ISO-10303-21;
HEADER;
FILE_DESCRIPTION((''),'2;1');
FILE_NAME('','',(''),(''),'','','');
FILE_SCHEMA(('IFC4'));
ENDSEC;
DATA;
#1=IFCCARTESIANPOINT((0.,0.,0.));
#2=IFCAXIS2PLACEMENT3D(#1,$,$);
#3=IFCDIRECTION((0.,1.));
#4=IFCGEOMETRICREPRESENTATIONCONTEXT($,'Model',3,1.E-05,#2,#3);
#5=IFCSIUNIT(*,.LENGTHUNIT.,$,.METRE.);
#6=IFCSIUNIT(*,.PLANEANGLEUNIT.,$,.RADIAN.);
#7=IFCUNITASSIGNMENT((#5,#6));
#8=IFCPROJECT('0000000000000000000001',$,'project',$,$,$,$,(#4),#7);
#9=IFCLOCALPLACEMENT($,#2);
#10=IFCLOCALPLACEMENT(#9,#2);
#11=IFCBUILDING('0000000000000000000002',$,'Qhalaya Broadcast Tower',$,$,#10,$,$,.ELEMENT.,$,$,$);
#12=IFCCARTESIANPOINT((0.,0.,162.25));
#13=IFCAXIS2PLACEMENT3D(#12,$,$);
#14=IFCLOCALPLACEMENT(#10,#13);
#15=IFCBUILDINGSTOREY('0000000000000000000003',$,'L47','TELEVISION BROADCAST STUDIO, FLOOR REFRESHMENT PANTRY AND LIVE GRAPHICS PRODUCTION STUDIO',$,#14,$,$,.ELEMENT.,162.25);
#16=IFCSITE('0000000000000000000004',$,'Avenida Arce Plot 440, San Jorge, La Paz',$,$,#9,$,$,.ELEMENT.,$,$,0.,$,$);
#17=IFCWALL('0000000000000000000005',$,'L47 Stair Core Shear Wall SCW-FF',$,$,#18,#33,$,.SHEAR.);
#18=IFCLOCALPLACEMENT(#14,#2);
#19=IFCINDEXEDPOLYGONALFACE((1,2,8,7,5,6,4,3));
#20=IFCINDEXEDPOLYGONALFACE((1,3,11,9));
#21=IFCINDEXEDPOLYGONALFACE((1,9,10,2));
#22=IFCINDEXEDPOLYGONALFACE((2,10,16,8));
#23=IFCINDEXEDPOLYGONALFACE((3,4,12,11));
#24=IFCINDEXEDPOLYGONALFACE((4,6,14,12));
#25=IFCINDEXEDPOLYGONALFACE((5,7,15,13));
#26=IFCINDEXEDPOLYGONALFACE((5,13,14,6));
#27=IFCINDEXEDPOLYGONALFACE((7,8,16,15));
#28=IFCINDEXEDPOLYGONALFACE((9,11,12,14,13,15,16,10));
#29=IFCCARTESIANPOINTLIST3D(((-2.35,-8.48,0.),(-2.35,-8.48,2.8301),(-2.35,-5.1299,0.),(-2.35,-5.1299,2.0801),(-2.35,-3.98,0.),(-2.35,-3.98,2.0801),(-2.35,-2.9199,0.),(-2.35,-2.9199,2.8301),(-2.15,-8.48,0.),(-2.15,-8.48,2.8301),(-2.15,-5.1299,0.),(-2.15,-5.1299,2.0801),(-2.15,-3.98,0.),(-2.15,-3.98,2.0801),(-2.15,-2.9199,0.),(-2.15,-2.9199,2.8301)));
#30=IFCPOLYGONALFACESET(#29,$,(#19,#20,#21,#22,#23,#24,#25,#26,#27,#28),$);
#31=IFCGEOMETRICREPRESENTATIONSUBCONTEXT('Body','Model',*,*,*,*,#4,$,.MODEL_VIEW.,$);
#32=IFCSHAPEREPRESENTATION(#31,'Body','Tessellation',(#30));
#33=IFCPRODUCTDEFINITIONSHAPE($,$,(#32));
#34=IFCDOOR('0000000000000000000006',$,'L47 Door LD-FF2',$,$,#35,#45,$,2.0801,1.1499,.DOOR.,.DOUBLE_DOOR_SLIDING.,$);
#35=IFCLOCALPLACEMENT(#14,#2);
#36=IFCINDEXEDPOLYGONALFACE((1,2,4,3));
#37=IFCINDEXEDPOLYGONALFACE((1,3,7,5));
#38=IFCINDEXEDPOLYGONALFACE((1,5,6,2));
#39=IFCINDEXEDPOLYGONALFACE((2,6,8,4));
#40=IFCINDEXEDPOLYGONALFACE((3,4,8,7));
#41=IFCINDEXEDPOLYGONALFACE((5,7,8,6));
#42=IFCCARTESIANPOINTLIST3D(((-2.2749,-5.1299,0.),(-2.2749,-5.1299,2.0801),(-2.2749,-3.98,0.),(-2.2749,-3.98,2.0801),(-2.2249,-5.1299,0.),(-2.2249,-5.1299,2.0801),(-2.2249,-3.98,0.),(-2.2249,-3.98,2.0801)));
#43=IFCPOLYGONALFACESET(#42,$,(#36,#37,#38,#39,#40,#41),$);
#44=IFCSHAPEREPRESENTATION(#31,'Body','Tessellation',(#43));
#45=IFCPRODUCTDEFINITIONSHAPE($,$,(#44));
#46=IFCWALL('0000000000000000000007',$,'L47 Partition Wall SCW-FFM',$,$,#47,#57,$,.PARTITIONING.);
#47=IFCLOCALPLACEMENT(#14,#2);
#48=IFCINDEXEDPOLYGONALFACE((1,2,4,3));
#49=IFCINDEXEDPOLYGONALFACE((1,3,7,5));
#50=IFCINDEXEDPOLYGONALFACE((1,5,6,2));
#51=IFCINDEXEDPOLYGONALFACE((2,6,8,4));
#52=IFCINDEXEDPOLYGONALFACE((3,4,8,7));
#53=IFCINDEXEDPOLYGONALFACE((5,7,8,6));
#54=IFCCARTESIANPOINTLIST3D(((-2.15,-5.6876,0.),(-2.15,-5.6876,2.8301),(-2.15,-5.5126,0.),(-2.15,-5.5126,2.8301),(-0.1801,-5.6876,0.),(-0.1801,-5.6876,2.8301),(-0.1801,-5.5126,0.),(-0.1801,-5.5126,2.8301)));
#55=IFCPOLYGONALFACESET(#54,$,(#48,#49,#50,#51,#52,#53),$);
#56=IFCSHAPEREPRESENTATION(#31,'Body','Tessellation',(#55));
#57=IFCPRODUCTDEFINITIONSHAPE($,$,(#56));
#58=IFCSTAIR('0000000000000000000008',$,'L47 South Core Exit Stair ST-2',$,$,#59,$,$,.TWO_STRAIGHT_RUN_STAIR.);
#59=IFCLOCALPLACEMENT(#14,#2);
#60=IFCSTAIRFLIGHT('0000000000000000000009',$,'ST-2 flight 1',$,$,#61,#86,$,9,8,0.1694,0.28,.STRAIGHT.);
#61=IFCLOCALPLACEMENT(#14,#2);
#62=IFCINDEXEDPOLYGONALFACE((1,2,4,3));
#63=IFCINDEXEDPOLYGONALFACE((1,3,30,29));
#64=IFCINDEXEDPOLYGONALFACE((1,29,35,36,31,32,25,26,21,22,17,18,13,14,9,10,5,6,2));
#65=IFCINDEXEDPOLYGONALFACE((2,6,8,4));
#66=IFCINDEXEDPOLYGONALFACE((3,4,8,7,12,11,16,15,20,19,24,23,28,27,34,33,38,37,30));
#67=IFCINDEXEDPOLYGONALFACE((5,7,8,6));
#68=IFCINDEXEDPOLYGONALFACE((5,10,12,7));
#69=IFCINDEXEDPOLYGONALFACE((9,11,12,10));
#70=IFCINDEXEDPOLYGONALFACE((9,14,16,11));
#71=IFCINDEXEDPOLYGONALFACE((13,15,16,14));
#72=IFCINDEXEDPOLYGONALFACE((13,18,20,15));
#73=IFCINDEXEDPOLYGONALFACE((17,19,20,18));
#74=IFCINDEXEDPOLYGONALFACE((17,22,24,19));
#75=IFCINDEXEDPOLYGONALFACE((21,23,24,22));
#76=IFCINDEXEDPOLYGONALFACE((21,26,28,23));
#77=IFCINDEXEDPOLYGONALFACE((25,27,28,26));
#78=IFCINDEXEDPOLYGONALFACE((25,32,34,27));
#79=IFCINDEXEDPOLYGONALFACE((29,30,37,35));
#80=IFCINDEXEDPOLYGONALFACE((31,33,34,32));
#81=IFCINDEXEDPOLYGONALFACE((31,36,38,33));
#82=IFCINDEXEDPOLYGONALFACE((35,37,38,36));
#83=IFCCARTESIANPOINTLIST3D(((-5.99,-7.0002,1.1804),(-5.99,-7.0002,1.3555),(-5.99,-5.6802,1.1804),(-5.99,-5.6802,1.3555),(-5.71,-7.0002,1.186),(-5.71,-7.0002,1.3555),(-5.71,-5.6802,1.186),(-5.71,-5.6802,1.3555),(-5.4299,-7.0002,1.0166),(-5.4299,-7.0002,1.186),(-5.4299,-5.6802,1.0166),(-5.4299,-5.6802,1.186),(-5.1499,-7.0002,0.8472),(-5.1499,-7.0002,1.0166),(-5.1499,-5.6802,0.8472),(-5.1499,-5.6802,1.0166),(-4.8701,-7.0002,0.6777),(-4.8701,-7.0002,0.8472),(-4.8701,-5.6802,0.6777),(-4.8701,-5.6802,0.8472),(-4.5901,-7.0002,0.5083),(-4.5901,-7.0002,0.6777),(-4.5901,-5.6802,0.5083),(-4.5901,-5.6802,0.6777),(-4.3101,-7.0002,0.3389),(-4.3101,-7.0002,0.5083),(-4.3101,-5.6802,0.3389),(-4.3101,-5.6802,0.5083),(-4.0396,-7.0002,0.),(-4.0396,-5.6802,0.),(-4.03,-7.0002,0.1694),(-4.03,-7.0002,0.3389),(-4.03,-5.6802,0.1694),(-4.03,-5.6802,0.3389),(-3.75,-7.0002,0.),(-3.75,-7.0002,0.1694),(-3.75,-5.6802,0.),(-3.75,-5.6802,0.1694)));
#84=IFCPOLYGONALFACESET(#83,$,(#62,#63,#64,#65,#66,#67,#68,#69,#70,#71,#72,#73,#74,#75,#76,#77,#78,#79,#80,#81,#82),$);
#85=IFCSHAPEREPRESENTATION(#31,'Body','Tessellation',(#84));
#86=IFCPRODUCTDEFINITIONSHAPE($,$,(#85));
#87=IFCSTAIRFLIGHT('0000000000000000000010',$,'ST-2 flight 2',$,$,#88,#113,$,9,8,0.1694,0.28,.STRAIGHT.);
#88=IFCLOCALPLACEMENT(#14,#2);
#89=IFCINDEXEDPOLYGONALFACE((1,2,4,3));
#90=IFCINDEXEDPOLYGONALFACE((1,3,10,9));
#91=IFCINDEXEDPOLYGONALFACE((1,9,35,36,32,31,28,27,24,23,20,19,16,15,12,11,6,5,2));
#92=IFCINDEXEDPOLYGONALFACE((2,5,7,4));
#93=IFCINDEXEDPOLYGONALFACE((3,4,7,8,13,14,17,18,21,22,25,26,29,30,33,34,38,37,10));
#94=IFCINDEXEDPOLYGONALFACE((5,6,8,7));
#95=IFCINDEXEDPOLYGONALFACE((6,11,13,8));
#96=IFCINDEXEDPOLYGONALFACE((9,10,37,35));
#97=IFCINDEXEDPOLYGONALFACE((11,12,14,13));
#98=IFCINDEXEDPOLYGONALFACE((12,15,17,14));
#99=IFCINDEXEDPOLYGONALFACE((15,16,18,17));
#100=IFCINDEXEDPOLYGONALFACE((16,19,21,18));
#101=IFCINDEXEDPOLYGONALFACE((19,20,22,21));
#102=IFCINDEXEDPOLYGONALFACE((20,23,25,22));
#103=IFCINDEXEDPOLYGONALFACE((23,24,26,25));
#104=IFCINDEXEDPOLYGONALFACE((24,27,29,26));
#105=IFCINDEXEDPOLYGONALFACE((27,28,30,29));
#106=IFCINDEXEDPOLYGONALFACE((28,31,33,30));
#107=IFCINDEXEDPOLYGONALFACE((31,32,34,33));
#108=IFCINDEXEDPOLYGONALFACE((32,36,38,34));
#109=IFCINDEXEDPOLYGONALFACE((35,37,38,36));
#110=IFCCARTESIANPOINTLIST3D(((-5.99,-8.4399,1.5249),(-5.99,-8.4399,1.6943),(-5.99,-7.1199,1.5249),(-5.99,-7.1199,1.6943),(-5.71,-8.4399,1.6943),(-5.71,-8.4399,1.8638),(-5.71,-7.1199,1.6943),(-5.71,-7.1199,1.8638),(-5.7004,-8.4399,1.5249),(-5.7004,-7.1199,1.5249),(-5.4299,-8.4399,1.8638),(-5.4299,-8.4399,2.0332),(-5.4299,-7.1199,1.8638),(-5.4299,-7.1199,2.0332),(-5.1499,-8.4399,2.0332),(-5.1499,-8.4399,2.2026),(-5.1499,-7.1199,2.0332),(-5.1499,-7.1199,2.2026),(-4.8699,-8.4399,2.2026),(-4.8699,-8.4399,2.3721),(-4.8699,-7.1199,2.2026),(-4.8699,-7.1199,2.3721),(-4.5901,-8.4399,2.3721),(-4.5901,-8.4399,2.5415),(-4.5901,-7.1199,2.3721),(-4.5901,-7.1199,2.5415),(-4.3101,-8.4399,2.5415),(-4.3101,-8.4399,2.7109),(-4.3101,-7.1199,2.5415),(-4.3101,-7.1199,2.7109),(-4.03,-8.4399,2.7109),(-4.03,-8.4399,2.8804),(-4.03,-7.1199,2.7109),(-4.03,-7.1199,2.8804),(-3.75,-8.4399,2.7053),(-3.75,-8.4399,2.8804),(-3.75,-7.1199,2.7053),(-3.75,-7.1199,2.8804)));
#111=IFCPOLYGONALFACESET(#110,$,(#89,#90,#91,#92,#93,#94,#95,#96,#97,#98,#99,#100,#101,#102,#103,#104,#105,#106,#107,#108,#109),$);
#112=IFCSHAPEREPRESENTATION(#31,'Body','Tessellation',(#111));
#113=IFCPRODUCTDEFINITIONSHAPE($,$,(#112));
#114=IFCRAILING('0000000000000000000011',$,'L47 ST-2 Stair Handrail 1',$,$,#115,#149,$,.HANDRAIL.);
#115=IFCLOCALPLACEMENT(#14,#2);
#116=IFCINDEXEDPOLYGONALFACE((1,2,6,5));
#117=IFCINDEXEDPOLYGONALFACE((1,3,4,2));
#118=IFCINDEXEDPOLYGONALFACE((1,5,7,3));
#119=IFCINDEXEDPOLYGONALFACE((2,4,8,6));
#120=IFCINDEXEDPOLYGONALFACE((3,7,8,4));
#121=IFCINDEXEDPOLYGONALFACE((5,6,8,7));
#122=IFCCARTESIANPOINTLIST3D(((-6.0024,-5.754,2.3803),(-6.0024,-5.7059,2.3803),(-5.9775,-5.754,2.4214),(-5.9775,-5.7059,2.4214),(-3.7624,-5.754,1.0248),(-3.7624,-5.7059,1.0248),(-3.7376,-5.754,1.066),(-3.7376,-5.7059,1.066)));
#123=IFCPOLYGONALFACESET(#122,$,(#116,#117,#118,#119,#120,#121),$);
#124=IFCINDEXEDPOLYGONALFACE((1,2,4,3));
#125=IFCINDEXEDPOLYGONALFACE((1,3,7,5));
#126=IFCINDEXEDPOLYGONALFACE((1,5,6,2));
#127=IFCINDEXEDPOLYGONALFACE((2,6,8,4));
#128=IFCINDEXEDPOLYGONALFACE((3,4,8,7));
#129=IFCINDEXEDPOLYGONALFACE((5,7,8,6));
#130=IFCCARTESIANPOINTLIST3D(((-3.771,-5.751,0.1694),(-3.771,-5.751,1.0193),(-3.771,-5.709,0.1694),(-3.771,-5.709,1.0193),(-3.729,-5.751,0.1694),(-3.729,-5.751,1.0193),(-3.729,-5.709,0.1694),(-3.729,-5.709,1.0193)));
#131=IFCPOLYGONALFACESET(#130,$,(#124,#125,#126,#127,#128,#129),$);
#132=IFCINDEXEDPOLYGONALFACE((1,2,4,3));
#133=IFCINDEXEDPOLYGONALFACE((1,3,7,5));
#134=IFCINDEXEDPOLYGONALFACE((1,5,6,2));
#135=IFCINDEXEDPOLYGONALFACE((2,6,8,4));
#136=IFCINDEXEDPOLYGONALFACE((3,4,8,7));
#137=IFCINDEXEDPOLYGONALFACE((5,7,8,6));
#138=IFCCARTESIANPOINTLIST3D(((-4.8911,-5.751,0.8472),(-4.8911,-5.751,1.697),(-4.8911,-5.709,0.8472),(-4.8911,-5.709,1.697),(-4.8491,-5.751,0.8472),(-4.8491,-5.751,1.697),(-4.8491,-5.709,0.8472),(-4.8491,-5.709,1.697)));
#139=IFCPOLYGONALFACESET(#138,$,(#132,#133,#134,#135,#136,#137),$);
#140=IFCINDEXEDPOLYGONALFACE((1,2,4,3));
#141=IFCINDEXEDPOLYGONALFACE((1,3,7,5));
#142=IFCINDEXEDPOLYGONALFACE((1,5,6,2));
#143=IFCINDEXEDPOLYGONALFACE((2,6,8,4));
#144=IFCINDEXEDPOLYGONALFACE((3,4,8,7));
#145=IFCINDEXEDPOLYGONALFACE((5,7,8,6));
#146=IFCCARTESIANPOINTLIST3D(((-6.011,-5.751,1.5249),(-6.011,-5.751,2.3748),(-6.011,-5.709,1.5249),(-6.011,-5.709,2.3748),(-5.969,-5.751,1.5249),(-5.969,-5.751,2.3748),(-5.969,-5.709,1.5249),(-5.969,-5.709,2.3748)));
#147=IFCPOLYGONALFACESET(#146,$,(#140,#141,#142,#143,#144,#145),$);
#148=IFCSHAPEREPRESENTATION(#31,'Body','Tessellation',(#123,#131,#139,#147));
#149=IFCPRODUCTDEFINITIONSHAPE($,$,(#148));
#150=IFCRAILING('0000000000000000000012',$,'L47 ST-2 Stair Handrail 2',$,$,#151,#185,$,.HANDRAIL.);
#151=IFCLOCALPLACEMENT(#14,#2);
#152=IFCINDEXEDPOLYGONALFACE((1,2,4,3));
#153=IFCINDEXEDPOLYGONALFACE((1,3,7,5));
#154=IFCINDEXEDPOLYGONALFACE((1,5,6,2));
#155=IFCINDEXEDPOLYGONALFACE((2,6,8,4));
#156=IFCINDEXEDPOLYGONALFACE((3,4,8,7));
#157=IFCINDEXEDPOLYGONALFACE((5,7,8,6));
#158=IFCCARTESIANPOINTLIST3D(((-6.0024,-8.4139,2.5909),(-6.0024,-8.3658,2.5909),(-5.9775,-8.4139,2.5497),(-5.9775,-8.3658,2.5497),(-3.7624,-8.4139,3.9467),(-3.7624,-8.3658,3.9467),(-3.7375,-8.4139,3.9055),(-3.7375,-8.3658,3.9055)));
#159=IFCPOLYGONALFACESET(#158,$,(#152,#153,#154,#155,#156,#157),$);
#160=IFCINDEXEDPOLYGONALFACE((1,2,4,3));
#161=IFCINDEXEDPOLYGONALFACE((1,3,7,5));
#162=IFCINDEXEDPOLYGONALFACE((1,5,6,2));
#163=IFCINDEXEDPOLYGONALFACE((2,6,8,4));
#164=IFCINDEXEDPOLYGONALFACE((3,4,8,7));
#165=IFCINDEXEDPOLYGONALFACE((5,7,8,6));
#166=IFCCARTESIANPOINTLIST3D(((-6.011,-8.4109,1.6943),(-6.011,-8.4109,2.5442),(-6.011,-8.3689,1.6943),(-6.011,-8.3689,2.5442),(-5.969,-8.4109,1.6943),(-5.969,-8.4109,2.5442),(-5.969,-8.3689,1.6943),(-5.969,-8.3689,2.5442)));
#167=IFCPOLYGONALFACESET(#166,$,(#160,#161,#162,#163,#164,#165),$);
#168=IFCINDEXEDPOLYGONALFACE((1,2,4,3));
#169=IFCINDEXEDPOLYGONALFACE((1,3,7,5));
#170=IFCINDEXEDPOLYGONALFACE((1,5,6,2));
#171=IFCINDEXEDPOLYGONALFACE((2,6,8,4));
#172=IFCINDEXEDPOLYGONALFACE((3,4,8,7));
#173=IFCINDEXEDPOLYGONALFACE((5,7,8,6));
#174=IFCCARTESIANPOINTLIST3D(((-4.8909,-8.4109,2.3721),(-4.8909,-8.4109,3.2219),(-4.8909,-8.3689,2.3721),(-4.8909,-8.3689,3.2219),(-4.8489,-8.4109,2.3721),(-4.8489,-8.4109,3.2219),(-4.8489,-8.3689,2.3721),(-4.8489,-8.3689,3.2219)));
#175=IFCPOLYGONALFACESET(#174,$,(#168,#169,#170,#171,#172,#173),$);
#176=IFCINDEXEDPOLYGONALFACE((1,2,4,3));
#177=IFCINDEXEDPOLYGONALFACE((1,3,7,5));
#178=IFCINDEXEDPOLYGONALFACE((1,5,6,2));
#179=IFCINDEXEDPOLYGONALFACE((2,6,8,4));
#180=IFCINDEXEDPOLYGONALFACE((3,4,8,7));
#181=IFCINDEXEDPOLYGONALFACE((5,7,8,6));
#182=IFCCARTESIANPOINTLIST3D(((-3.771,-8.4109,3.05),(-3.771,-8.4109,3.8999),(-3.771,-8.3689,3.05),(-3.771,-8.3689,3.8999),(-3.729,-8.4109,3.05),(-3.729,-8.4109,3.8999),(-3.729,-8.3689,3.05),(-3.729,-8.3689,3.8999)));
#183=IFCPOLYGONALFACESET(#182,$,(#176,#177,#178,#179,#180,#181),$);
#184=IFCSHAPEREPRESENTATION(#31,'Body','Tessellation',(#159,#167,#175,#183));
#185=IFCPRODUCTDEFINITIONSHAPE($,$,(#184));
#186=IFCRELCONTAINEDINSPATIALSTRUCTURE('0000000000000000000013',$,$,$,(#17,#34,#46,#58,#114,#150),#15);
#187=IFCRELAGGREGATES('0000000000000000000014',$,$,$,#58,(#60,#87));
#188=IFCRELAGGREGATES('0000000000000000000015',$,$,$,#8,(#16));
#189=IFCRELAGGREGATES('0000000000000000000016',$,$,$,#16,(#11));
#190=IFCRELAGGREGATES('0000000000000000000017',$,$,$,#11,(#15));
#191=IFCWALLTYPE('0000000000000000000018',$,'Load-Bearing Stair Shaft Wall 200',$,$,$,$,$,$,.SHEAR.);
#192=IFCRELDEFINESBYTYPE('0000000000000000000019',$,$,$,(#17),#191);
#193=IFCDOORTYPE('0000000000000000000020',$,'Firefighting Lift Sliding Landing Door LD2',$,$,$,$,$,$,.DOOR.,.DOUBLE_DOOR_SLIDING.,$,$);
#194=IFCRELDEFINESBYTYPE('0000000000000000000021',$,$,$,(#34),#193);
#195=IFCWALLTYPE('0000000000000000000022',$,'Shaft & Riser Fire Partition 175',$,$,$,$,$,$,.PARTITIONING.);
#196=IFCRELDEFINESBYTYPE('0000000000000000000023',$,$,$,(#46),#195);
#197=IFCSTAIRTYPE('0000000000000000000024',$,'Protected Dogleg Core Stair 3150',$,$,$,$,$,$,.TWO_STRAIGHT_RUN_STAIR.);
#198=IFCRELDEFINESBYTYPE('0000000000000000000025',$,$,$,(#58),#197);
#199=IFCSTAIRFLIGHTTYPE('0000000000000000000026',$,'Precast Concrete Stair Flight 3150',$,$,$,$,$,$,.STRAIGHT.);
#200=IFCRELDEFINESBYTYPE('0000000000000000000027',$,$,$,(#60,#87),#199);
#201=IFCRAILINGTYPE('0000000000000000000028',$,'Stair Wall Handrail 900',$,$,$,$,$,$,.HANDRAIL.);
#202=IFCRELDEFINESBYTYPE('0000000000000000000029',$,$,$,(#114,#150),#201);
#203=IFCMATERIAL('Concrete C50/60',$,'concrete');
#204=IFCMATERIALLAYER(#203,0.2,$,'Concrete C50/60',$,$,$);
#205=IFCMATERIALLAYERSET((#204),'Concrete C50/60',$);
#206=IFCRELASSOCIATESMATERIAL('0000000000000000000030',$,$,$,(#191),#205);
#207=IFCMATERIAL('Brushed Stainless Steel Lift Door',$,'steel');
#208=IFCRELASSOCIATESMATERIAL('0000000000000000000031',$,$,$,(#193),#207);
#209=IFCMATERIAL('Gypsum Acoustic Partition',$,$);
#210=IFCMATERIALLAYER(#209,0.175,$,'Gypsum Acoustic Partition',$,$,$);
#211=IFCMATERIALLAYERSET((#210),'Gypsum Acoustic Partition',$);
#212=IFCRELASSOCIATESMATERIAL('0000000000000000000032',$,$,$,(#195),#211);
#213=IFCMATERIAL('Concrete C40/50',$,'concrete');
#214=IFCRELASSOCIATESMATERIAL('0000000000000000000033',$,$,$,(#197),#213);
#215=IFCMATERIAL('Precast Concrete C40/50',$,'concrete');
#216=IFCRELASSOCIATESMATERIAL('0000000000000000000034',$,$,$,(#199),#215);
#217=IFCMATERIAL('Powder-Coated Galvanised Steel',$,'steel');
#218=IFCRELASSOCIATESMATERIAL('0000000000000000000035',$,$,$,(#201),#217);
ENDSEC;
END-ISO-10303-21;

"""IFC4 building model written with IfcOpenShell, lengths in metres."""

from ifc_helpers import new_model, si_unit, direction, frame, frame_2d, origin, origin_2d, place, context, subcontext, project, spatial, polyline, rectangle, outline, extrude, material, layer, layer_set, type_object, element, fill, aggregate, save


model = new_model("IFC4")

# Units and contexts
model_context = context("Model", 3, precision=1e-05, world=origin(), true_north=direction((0.0, 1.0)))
body_context = subcontext(model_context, "Body", "Model", "MODEL_VIEW")
ifc_project = project(units=[si_unit("LENGTHUNIT", "METRE"), si_unit("PLANEANGLEUNIT", "RADIAN")], contexts=[model_context])

# Site, building, storey
site_placement = place(None, origin())
site = spatial("IfcSite", under=ifc_project, at=site_placement, Name="Avenida Arce Plot 440, San Jorge, La Paz", CompositionType="ELEMENT", RefElevation=0.0)
building_placement = place(site_placement, origin())
building = spatial("IfcBuilding", under=site, at=building_placement, Name="Qhalaya Broadcast Tower", CompositionType="ELEMENT")
storey_placement = place(building_placement, frame((0.0, 0.0, 162.25)))
storey = spatial("IfcBuildingStorey", under=building, at=storey_placement, Name="L47", Description="TELEVISION BROADCAST STUDIO, FLOOR REFRESHMENT PANTRY AND LIVE GRAPHICS PRODUCTION STUDIO", CompositionType="ELEMENT", Elevation=162.25)

# Shared definitions
ifc_material_1 = material(Name="Concrete C50/60", Category="concrete")

# Wall, opening, door
ifc_layer_1 = layer(ifc_material_1, 0.2, Name="Concrete C50/60")
ifc_layer_set_1 = layer_set([ifc_layer_1], Name="Concrete C50/60")
wall_type_1 = type_object("IfcWallType", Name="Load-Bearing Stair Shaft Wall 200", PredefinedType="SHEAR", material=ifc_layer_set_1)
wall_1_placement = place(storey_placement, frame((-2.25, -8.48, 0.0), z_axis=(0.0, 0.0, 1.0), x_axis=(0.0, 1.0, 0.0)))
wall_1 = element("IfcWall", 1, at=wall_1_placement, inside=storey, type_object=wall_type_1, Name="L47 Stair Core Shear Wall SCW-FF", PredefinedType="SHEAR", context=body_context, shape_type="SweptSolid", body=[
    extrude(rectangle(XDim=5.5601, YDim=0.2, at=frame_2d((2.78, 0.0))), origin(), (0.0, 0.0, 1.0), 2.8301),
])
opening_1_placement = place(wall_1_placement, frame((3.3501, 0.0, 0.0)))
opening_1 = element("IfcOpeningElement", 2, at=opening_1_placement, cuts=wall_1, PredefinedType="OPENING", context=body_context, shape_type="SweptSolid", body=[
    extrude(rectangle(XDim=1.1499, YDim=2.0801, at=frame_2d((0.575, 1.04))), frame((0.0, 0.1121, 0.0), z_axis=(0.0, -1.0, 0.0), x_axis=(1.0, 0.0, 0.0)), (0.0, 0.0, 1.0), 0.2239),
])
ifc_material_2 = material(Name="Brushed Stainless Steel Lift Door", Category="steel")
door_type_1 = type_object("IfcDoorType", Name="Firefighting Lift Sliding Landing Door LD2", OperationType="DOUBLE_DOOR_SLIDING", PredefinedType="DOOR", material=ifc_material_2)
door_1_placement = place(opening_1_placement, origin())
door_1 = element("IfcDoor", 3, at=door_1_placement, inside=storey, type_object=door_type_1, Name="L47 Door LD-FF2", OperationType="DOUBLE_DOOR_SLIDING", OverallHeight=2.0801, OverallWidth=1.1499, PredefinedType="DOOR", context=body_context, shape_type="SweptSolid", body=[
    extrude(rectangle(XDim=1.1499, YDim=2.0801, at=frame_2d((0.575, 1.04))), frame((0.0, 0.0249, 0.0), z_axis=(0.0, -1.0, 0.0), x_axis=(1.0, 0.0, 0.0)), (0.0, 0.0, 1.0), 0.05),
])
fill(opening_1, door_1)

# Wall
ifc_material_3 = material(Name="Gypsum Acoustic Partition")
ifc_layer_2 = layer(ifc_material_3, 0.175, Name="Gypsum Acoustic Partition")
ifc_layer_set_2 = layer_set([ifc_layer_2], Name="Gypsum Acoustic Partition")
wall_type_2 = type_object("IfcWallType", Name="Shaft & Riser Fire Partition 175", PredefinedType="PARTITIONING", material=ifc_layer_set_2)
wall_2_placement = place(storey_placement, frame((-2.1499, -5.6001, 0.0), z_axis=(0.0, 0.0, 1.0), x_axis=(1.0, 0.0, 0.0)))
element("IfcWall", 4, at=wall_2_placement, inside=storey, type_object=wall_type_2, Name="L47 Partition Wall SCW-FFM", PredefinedType="PARTITIONING", context=body_context, shape_type="SweptSolid", body=[
    extrude(rectangle(XDim=1.97, YDim=0.175, at=frame_2d((0.9849, 0.0))), origin(), (0.0, 0.0, 1.0), 2.8301),
])

# Stair, stair flights
ifc_material_4 = material(Name="Concrete C40/50", Category="concrete")
stair_type = type_object("IfcStairType", Name="Protected Dogleg Core Stair 3150", PredefinedType="TWO_STRAIGHT_RUN_STAIR", material=ifc_material_4)
stair_placement = place(storey_placement, origin())
stair = element("IfcStair", 5, at=stair_placement, inside=storey, type_object=stair_type, Name="L47 South Core Exit Stair ST-2", PredefinedType="TWO_STRAIGHT_RUN_STAIR")
ifc_material_5 = material(Name="Precast Concrete C40/50", Category="concrete")
stair_flight_type = type_object("IfcStairFlightType", Name="Precast Concrete Stair Flight 3150", PredefinedType="STRAIGHT", material=ifc_material_5)
stair_flight_1_placement = place(storey_placement, frame((-3.75, -6.3401, 0.0), z_axis=(0.0, 0.0, 1.0), x_axis=(-1.0, 0.0, 0.0)))
stair_flight_1 = element("IfcStairFlight", 6, at=stair_flight_1_placement, type_object=stair_flight_type, Name="ST-2 flight 1", NumberOfRisers=9, NumberOfTreads=8, PredefinedType="STRAIGHT", RiserHeight=0.1694, TreadLength=0.28, context=body_context, shape_type="SweptSolid", body=[
    extrude(outline(polyline([(0.0, 0.0), (0.0, 0.1694), (0.28, 0.1694), (0.28, 0.3389), (0.5601, 0.3389), (0.5601, 0.5083), (0.8401, 0.5083), (0.8401, 0.6777), (1.1201, 0.6777), (1.1201, 0.8472), (1.3999, 0.8472), (1.3999, 1.0166), (1.6799, 1.0166), (1.6799, 1.186), (1.96, 1.186), (1.96, 1.3555), (2.24, 1.3555), (2.24, 1.5249), (2.24, 1.1804), (0.2896, 0.0), (0.0, 0.0)])), frame((0.0, 0.6602, 0.0), z_axis=(0.0, -1.0, 0.0), x_axis=(1.0, 0.0, 0.0)), (0.0, 0.0, 1.0), 1.3201),
])
stair_flight_2_placement = place(storey_placement, frame((-5.99, -7.78, 1.5249), z_axis=(0.0, 0.0, 1.0), x_axis=(1.0, 0.0, 0.0)))
stair_flight_2 = element("IfcStairFlight", 7, at=stair_flight_2_placement, type_object=stair_flight_type, Name="ST-2 flight 2", NumberOfRisers=9, NumberOfTreads=8, PredefinedType="STRAIGHT", RiserHeight=0.1694, TreadLength=0.28, context=body_context, shape_type="SweptSolid", body=[
    extrude(outline(polyline([(0.0, 0.0), (0.0, 0.1694), (0.28, 0.1694), (0.28, 0.3389), (0.5601, 0.3389), (0.5601, 0.5083), (0.8401, 0.5083), (0.8401, 0.6777), (1.1201, 0.6777), (1.1201, 0.8472), (1.3999, 0.8472), (1.3999, 1.0166), (1.6799, 1.0166), (1.6799, 1.186), (1.96, 1.186), (1.96, 1.3555), (2.24, 1.3555), (2.24, 1.5249), (2.24, 1.1804), (0.2896, 0.0), (0.0, 0.0)])), frame((0.0, 0.6602, 0.0), z_axis=(0.0, -1.0, 0.0), x_axis=(1.0, 0.0, 0.0)), (0.0, 0.0, 1.0), 1.3201),
])
aggregate(stair, [stair_flight_1, stair_flight_2])

# Railings
ifc_material_6 = material(Name="Powder-Coated Galvanised Steel", Category="steel")
railing_type_1 = type_object("IfcRailingType", Name="Stair Wall Handrail 900", PredefinedType="HANDRAIL", material=ifc_material_6)
railing_1_placement = place(storey_placement, frame((-3.75, -5.73, 0.1694)))
element("IfcRailing", 8, at=railing_1_placement, inside=storey, type_object=railing_type_1, Name="L47 ST-2 Stair Handrail 1", PredefinedType="HANDRAIL", context=body_context, shape_type="SweptSolid", body=[
    extrude(rectangle(XDim=0.0481, YDim=0.0481, at=origin_2d()), frame((0.0, 0.0, 0.876), z_axis=(-0.855553, 0.0, 0.517715), x_axis=(0.0, -1.0, 0.0)), (0.0, 0.0, 1.0), 2.6182),
    extrude(rectangle(XDim=0.042, YDim=0.042, at=origin_2d()), origin(), (0.0, 0.0, 1.0), 0.8499),
    extrude(rectangle(XDim=0.042, YDim=0.042, at=origin_2d()), frame((-1.1201, 0.0, 0.6777)), (0.0, 0.0, 1.0), 0.8499),
    extrude(rectangle(XDim=0.042, YDim=0.042, at=origin_2d()), frame((-2.24, 0.0, 1.3555)), (0.0, 0.0, 1.0), 0.8499),
])
railing_2_placement = place(storey_placement, frame((-5.99, -8.3899, 1.6943)))
element("IfcRailing", 9, at=railing_2_placement, inside=storey, type_object=railing_type_1, Name="L47 ST-2 Stair Handrail 2", PredefinedType="HANDRAIL", context=body_context, shape_type="SweptSolid", body=[
    extrude(rectangle(XDim=0.0481, YDim=0.0481, at=origin_2d()), frame((0.0, 0.0, 0.876), z_axis=(0.855512, 0.0, 0.517783), x_axis=(0.0, 1.0, 0.0)), (0.0, 0.0, 1.0), 2.6184),
    extrude(rectangle(XDim=0.042, YDim=0.042, at=origin_2d()), origin(), (0.0, 0.0, 1.0), 0.8499),
    extrude(rectangle(XDim=0.042, YDim=0.042, at=origin_2d()), frame((1.1201, 0.0, 0.6777)), (0.0, 0.0, 1.0), 0.8499),
    extrude(rectangle(XDim=0.042, YDim=0.042, at=origin_2d()), frame((2.24, 0.0, 1.3557)), (0.0, 0.0, 1.0), 0.8499),
])

save(model, "model.ifc")
